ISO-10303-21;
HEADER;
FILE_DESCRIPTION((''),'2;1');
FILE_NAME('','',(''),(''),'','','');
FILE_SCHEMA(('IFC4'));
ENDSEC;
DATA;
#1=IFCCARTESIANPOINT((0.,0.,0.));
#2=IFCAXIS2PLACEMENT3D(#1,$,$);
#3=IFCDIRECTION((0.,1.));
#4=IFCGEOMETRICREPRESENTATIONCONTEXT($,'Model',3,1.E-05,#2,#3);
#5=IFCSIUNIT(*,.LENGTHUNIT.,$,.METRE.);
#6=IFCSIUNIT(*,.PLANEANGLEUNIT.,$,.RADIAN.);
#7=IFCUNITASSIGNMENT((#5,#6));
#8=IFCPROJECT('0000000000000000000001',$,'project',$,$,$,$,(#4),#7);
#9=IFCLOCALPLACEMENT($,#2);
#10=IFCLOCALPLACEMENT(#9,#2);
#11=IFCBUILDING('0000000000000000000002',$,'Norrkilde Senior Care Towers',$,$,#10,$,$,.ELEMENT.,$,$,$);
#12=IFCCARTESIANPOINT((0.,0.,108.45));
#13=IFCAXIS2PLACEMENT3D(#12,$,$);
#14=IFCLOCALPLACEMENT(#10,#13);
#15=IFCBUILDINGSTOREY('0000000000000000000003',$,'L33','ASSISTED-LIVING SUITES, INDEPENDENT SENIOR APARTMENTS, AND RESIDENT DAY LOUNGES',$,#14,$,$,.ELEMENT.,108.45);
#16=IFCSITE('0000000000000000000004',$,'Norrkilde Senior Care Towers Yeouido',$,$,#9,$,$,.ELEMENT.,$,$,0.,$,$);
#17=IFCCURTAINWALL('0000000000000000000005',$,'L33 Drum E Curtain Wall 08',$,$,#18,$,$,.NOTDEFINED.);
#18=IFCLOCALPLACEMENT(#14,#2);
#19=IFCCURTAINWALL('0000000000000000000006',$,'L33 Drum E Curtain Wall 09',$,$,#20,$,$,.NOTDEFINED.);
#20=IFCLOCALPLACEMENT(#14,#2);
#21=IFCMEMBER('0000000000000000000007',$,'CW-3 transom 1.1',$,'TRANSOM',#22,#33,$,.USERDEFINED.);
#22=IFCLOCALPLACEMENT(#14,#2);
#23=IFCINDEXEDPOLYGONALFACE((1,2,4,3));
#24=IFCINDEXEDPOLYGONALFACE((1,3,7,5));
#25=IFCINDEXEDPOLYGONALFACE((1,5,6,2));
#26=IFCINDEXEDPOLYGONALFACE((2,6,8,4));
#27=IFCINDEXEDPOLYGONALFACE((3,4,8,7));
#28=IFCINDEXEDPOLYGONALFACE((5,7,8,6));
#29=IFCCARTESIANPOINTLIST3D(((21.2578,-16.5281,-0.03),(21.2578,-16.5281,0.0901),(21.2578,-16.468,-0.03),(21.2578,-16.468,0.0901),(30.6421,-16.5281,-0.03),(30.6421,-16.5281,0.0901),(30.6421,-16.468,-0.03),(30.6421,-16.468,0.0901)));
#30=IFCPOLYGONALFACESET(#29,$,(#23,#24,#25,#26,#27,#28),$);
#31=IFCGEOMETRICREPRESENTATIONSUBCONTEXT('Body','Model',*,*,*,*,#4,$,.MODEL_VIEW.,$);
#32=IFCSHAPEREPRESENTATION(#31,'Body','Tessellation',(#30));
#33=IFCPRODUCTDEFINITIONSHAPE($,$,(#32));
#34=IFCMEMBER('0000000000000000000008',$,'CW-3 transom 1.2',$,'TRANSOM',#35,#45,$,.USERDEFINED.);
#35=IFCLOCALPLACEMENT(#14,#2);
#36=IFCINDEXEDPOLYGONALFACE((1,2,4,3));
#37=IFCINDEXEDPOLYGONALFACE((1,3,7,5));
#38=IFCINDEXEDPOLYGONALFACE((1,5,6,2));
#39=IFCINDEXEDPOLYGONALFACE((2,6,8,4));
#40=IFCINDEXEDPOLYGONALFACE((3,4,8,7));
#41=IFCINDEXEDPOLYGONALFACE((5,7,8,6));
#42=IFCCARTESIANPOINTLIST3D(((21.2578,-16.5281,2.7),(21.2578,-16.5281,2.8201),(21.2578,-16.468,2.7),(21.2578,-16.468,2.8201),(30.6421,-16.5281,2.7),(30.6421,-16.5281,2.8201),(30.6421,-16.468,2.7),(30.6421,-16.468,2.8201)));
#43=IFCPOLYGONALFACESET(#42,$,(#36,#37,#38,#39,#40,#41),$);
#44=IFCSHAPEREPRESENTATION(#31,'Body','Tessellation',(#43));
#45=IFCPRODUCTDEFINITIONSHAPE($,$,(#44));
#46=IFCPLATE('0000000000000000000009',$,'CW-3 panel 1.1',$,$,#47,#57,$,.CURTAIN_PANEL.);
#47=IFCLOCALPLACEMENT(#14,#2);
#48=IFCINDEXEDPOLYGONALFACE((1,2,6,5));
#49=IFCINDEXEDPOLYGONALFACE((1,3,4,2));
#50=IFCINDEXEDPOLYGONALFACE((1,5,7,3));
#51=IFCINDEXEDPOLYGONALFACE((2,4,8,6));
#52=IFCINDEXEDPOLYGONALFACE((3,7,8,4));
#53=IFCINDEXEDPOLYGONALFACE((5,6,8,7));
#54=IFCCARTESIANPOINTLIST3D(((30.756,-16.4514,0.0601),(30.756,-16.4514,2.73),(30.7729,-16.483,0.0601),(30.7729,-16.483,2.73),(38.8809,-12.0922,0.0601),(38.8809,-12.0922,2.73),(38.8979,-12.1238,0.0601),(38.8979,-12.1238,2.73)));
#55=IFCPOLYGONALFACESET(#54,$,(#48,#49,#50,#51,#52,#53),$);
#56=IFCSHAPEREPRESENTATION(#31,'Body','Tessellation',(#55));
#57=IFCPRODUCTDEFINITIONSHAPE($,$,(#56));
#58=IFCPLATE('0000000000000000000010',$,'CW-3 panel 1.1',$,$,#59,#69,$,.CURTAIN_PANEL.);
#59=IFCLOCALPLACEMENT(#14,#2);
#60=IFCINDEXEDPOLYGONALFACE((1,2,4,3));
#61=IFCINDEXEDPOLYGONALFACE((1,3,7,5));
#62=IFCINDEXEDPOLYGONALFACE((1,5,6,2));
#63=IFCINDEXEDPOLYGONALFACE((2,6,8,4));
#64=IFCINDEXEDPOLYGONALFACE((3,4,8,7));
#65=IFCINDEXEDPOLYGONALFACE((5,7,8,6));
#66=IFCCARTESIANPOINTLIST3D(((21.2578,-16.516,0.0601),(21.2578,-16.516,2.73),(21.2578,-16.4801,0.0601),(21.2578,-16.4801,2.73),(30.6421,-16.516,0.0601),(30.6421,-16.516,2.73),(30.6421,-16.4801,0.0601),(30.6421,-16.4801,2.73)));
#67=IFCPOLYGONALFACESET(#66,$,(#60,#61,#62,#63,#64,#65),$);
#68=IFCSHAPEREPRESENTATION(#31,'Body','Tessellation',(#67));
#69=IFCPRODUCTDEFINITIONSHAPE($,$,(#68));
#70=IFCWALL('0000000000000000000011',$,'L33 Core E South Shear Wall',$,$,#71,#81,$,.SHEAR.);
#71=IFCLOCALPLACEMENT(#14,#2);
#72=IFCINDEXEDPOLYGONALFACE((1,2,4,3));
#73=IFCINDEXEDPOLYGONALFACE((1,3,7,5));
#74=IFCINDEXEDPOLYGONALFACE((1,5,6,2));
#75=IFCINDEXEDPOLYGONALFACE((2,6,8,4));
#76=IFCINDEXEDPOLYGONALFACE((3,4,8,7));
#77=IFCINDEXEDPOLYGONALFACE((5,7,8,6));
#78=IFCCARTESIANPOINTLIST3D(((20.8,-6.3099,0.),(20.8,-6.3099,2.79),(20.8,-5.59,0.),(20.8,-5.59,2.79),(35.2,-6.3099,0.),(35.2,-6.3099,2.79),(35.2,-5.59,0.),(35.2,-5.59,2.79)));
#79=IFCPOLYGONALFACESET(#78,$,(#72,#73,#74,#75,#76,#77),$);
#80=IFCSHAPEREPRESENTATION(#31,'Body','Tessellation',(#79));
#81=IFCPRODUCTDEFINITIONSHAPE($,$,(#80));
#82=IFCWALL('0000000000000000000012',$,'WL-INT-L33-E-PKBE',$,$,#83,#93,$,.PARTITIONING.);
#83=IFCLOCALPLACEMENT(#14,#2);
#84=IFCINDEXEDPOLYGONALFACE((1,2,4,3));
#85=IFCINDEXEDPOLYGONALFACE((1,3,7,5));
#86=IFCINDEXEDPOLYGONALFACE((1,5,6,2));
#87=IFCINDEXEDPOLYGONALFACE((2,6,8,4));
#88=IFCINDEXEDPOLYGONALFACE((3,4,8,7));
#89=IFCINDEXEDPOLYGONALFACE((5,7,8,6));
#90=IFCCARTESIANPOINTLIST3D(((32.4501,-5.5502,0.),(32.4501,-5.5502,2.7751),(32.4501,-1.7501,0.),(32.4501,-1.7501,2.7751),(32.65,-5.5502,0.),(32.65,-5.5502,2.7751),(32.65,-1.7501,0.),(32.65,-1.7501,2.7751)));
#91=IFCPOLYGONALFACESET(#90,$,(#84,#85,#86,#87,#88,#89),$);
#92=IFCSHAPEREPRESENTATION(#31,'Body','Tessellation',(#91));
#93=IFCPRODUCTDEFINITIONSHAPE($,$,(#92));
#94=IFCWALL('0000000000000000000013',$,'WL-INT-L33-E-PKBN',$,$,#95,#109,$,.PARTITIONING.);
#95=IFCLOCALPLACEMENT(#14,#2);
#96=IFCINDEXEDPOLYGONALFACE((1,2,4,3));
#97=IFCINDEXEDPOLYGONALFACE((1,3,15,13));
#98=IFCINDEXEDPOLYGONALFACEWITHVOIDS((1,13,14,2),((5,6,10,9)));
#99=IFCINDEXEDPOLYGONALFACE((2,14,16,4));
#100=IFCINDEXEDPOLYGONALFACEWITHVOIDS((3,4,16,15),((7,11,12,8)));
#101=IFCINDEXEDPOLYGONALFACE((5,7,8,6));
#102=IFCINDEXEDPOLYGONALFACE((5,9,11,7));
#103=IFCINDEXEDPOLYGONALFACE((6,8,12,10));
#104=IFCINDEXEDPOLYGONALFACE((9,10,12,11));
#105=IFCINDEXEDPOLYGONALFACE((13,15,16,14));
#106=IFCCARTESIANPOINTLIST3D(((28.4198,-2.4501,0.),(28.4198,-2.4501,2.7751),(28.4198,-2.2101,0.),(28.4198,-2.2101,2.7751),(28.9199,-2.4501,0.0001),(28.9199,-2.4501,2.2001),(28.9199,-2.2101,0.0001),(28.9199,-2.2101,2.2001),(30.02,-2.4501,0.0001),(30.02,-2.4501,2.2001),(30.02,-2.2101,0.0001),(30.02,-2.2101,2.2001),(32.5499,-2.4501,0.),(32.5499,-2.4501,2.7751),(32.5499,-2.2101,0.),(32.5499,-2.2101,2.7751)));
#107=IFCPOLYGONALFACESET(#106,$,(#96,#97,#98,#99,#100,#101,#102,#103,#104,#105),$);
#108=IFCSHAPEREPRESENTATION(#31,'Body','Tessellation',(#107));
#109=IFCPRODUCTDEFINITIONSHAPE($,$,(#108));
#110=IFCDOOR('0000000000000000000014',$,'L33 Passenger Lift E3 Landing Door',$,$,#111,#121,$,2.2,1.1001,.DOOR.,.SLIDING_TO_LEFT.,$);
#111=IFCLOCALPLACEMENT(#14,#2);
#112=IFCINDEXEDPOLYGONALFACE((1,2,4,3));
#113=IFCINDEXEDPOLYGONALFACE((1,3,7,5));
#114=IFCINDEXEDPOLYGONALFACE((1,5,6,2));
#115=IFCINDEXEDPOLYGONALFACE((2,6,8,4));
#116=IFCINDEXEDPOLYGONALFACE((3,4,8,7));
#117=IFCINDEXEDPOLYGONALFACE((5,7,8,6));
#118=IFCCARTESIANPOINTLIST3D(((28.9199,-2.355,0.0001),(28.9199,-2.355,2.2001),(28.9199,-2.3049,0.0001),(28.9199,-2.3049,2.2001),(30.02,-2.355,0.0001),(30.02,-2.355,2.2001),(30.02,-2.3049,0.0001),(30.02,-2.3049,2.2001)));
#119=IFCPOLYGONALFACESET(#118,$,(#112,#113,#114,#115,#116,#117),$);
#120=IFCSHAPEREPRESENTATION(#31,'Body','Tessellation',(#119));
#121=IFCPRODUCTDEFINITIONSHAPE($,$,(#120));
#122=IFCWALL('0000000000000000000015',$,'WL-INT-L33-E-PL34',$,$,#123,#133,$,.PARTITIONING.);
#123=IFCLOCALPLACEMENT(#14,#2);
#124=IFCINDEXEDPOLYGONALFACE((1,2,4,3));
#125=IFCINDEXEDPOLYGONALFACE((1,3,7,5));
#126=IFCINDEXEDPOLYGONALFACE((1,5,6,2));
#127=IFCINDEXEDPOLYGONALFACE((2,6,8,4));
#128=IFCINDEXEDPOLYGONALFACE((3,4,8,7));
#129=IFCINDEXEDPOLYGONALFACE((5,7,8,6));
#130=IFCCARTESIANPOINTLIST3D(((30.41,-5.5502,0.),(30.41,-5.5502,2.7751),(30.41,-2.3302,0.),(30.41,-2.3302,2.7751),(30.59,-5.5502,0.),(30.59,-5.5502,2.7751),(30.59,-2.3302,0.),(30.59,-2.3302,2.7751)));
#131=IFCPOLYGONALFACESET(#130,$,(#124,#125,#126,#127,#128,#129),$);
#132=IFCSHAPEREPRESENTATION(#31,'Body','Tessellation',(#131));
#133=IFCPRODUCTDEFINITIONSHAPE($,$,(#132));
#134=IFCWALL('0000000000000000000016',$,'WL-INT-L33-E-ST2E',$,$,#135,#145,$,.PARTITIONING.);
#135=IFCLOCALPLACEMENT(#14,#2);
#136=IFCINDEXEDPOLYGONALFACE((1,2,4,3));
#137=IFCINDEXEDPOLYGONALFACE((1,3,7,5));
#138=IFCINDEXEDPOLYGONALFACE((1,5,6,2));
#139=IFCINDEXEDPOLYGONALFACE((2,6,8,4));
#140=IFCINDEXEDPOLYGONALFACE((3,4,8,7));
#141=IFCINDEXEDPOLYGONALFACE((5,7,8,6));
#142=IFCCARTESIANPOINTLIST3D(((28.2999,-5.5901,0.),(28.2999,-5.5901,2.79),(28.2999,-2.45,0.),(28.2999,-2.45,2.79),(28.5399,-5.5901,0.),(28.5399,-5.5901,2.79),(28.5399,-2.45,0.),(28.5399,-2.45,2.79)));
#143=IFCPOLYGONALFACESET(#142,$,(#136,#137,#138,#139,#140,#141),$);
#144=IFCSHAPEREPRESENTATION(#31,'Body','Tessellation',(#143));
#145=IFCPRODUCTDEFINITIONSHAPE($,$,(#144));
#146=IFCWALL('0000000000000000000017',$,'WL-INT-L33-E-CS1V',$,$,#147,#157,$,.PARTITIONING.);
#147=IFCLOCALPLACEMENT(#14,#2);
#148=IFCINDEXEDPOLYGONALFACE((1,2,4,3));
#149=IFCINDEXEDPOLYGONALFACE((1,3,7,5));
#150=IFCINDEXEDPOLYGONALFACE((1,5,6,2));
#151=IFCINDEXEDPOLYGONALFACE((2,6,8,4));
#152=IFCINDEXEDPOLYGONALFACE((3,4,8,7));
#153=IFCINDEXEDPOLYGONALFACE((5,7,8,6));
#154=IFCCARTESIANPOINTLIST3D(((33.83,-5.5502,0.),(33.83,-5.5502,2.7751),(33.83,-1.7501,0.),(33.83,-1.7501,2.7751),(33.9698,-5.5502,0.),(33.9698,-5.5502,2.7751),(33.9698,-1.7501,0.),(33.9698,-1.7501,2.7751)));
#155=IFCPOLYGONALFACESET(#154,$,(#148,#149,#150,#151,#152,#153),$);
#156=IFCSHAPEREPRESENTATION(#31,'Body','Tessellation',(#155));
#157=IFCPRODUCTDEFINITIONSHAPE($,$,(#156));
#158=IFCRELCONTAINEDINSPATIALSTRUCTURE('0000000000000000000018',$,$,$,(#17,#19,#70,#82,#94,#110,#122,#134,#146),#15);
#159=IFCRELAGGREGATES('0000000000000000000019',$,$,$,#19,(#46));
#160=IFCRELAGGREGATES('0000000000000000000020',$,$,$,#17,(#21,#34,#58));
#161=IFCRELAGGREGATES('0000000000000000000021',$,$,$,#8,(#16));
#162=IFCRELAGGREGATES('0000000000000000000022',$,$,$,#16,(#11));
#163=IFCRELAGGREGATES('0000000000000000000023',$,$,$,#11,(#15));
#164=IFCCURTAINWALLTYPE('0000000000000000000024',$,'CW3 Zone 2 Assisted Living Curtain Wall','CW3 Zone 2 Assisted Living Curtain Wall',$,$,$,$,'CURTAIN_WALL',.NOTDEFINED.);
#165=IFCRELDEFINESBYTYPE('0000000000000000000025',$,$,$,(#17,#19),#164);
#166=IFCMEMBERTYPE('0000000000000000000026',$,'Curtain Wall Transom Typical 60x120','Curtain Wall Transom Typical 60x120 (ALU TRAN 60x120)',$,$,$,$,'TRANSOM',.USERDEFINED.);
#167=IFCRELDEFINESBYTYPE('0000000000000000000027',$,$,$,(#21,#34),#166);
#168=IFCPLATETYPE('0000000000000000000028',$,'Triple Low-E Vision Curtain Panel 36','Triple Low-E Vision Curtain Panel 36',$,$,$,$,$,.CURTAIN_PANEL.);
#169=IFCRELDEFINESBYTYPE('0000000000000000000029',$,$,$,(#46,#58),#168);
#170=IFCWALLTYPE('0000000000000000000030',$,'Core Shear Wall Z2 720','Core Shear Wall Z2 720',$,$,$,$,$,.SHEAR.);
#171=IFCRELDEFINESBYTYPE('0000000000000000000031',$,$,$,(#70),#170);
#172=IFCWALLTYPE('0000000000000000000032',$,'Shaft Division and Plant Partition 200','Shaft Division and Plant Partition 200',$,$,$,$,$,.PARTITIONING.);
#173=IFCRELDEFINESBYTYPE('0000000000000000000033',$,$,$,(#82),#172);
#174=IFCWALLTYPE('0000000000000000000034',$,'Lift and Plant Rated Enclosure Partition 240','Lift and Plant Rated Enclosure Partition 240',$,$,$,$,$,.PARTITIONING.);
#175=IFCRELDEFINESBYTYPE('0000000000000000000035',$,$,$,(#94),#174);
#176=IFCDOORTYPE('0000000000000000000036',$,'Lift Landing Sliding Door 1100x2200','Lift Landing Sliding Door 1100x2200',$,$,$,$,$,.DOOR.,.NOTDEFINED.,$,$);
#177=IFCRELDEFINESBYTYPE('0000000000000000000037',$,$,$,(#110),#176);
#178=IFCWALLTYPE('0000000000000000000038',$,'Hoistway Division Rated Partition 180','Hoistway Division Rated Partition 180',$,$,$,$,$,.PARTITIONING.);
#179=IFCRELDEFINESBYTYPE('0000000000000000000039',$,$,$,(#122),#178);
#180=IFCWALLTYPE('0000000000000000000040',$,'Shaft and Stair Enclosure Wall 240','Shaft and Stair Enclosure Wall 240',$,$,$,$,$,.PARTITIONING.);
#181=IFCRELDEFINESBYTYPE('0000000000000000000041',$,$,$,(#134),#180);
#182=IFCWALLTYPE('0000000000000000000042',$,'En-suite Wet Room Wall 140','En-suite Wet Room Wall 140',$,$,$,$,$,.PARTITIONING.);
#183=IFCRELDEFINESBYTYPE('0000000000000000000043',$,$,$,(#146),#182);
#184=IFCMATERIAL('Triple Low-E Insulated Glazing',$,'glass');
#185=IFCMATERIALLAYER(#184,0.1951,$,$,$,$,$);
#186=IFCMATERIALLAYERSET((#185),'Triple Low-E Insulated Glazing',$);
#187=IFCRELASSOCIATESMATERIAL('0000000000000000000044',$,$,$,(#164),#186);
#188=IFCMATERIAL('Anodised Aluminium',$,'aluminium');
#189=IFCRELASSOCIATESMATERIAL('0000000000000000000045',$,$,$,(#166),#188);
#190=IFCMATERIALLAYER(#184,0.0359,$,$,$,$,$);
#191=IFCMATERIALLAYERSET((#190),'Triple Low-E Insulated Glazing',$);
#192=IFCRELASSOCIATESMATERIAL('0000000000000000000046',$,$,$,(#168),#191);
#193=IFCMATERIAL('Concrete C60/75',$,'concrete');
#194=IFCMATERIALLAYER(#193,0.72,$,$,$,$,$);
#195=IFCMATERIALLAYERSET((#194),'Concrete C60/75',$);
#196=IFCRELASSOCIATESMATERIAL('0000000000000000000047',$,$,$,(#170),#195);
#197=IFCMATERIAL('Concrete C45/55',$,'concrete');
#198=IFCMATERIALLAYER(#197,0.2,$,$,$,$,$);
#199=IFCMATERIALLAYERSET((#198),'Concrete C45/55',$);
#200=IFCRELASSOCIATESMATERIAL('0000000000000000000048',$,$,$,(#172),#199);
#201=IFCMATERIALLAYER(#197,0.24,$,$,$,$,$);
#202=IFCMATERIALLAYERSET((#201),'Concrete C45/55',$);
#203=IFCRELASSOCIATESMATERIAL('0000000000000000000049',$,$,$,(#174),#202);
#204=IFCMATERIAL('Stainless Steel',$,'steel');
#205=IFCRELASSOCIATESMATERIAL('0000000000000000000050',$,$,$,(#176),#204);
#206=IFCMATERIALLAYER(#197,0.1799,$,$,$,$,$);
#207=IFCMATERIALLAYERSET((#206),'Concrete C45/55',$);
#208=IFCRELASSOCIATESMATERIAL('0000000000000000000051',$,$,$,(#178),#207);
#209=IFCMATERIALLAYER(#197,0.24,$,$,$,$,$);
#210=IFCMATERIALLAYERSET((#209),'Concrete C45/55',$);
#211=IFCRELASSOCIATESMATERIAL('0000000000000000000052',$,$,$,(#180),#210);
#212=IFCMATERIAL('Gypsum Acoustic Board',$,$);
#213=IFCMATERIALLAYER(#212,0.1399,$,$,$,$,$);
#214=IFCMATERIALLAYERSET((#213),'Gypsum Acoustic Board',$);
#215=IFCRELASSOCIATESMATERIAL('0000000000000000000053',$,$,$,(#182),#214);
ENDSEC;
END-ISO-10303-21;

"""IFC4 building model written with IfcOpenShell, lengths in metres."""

from ifc_helpers import new_model, si_unit, direction, frame, frame_2d, origin, origin_2d, place, context, subcontext, project, spatial, rectangle, extrude, source, transform, mapped, material, layer, layer_set, material_profile, profile_set, type_object, type_shapes, element, fill, aggregate, save


model = new_model("IFC4")

# Units and contexts
model_context = context("Model", 3, precision=1e-05, world=origin(), true_north=direction((0.0, 1.0)))
body_context = subcontext(model_context, "Body", "Model", "MODEL_VIEW")
ifc_project = project(units=[si_unit("LENGTHUNIT", "METRE"), si_unit("PLANEANGLEUNIT", "RADIAN")], contexts=[model_context])

# Site, building, storey
site_placement = place(None, origin())
site = spatial("IfcSite", under=ifc_project, at=site_placement, Name="Norrkilde Senior Care Towers Yeouido", CompositionType="ELEMENT", RefElevation=0.0)
building_placement = place(site_placement, origin())
building = spatial("IfcBuilding", under=site, at=building_placement, Name="Norrkilde Senior Care Towers", CompositionType="ELEMENT")
storey_placement = place(building_placement, frame((0.0, 0.0, 108.45)))
storey = spatial("IfcBuildingStorey", under=building, at=storey_placement, Name="L33", Description="ASSISTED-LIVING SUITES, INDEPENDENT SENIOR APARTMENTS, AND RESIDENT DAY LOUNGES", CompositionType="ELEMENT", Elevation=108.45)

# Shared definitions
ifc_material_1 = material(Name="Concrete C60/75", Category="concrete")

# Curtain walls
ifc_material_2 = material(Name="Triple Low-E Insulated Glazing", Category="glass")
ifc_layer_1 = layer(ifc_material_2, 0.1951)
ifc_layer_set_1 = layer_set([ifc_layer_1], Name="Triple Low-E Insulated Glazing")
curtain_wall_type = type_object("IfcCurtainWallType", Name="CW3 Zone 2 Assisted Living Curtain Wall", Description="CW3 Zone 2 Assisted Living Curtain Wall", ElementType="CURTAIN_WALL", PredefinedType="NOTDEFINED", material=ifc_layer_set_1)
curtain_wall_1_placement = place(storey_placement, origin())
curtain_wall_1 = element("IfcCurtainWall", 1, at=curtain_wall_1_placement, inside=storey, type_object=curtain_wall_type, Name="L33 Drum E Curtain Wall 08", PredefinedType="NOTDEFINED")
ifc_material_3 = material(Name="Anodised Aluminium", Category="aluminium")
curtain_wall_2_placement = place(storey_placement, origin())
curtain_wall_2 = element("IfcCurtainWall", 2, at=curtain_wall_2_placement, inside=storey, type_object=curtain_wall_type, Name="L33 Drum E Curtain Wall 09", PredefinedType="NOTDEFINED")

# Members
ifc_material_profile_1 = material_profile(ifc_material_3, rectangle(XDim=0.0601, YDim=0.1201, at=origin_2d()), Name="ALU TRAN 60x120")
ifc_profile_set_1 = profile_set([ifc_material_profile_1], Name="Anodised Aluminium")
member_type_1 = type_object("IfcMemberType", Name="Curtain Wall Transom Typical 60x120", Description="Curtain Wall Transom Typical 60x120 (ALU TRAN 60x120)", ElementType="TRANSOM", PredefinedType="USERDEFINED", material=ifc_profile_set_1)
shared_shape_1 = source(origin(), body_context, "Body", "SweptSolid", [
    extrude(rectangle(XDim=0.0601, YDim=0.1201, at=origin_2d()), origin(), (0.0, 0.0, 1.0), 9.3843),
])
type_shapes(member_type_1, [shared_shape_1])
member_1_placement = place(storey_placement, frame((30.6421, -16.498, 0.03), z_axis=(-1.0, 0.0, 0.0), x_axis=(0.0, -1.0, 0.0)))
member_1 = element("IfcMember", 3, at=member_1_placement, type_object=member_type_1, Name="CW-3 transom 1.1", ObjectType="TRANSOM", PredefinedType="USERDEFINED", context=body_context, shape_type="MappedRepresentation", body=[
    mapped(shared_shape_1, transform((0.0, 0.0, 0.0), x_axis=(1.0, 0.0, 0.0), y_axis=(0.0, 1.0, 0.0), z_axis=(0.0, 0.0, 1.0), scale=1.0)),
])
member_2_placement = place(storey_placement, frame((30.6421, -16.498, 2.76), z_axis=(-1.0, 0.0, 0.0), x_axis=(0.0, -1.0, 0.0)))
member_2 = element("IfcMember", 4, at=member_2_placement, type_object=member_type_1, Name="CW-3 transom 1.2", ObjectType="TRANSOM", PredefinedType="USERDEFINED", context=body_context, shape_type="MappedRepresentation", body=[
    mapped(shared_shape_1, transform((0.0, 0.0, 0.0), x_axis=(1.0, 0.0, 0.0), y_axis=(0.0, 1.0, 0.0), z_axis=(0.0, 0.0, 1.0), scale=1.0)),
])

# Plates
ifc_layer_2 = layer(ifc_material_2, 0.0359)
ifc_layer_set_2 = layer_set([ifc_layer_2], Name="Triple Low-E Insulated Glazing")
plate_type = type_object("IfcPlateType", Name="Triple Low-E Vision Curtain Panel 36", Description="Triple Low-E Vision Curtain Panel 36", PredefinedType="CURTAIN_PANEL", material=ifc_layer_set_2)
shared_shape_2 = source(origin(), body_context, "Body", "SweptSolid", [
    extrude(rectangle(XDim=9.2205, YDim=0.0359, at=origin_2d()), origin(), (0.0, 0.0, 1.0), 2.6699),
])
plate_1_placement = place(storey_placement, frame((34.8269, -14.2876, 0.0601), z_axis=(0.0, 0.0, 1.0), x_axis=(-0.881186, -0.472769, 0.0)))
plate_1 = element("IfcPlate", 5, at=plate_1_placement, type_object=plate_type, Name="CW-3 panel 1.1", PredefinedType="CURTAIN_PANEL", context=body_context, shape_type="MappedRepresentation", body=[
    mapped(shared_shape_2, transform((0.0, 0.0, 0.0), x_axis=(1.0, 0.0, 0.0), y_axis=(0.0, 1.0, 0.0), z_axis=(0.0, 0.0, 1.0), scale=1.0)),
])
aggregate(curtain_wall_2, [plate_1])
shared_shape_3 = source(origin(), body_context, "Body", "SweptSolid", [
    extrude(rectangle(XDim=9.3843, YDim=0.0359, at=origin_2d()), origin(), (0.0, 0.0, 1.0), 2.6699),
])
type_shapes(plate_type, [shared_shape_2, shared_shape_3])
plate_2_placement = place(storey_placement, frame((25.95, -16.498, 0.0601), z_axis=(0.0, 0.0, 1.0), x_axis=(-1.0, 0.0, 0.0)))
plate_2 = element("IfcPlate", 6, at=plate_2_placement, type_object=plate_type, Name="CW-3 panel 1.1", PredefinedType="CURTAIN_PANEL", context=body_context, shape_type="MappedRepresentation", body=[
    mapped(shared_shape_3, transform((0.0, 0.0, 0.0), x_axis=(1.0, 0.0, 0.0), y_axis=(0.0, 1.0, 0.0), z_axis=(0.0, 0.0, 1.0), scale=1.0)),
])
aggregate(curtain_wall_1, [member_1, member_2, plate_2])

# Walls
ifc_layer_3 = layer(ifc_material_1, 0.72)
ifc_layer_set_3 = layer_set([ifc_layer_3], Name="Concrete C60/75")
wall_type_1 = type_object("IfcWallType", Name="Core Shear Wall Z2 720", Description="Core Shear Wall Z2 720", PredefinedType="SHEAR", material=ifc_layer_set_3)
shared_shape_4 = source(origin(), body_context, "Body", "SweptSolid", [
    extrude(rectangle(XDim=14.3999, YDim=0.72, at=frame_2d((7.2, 0.0))), origin(), (0.0, 0.0, 1.0), 2.79),
])
type_shapes(wall_type_1, [shared_shape_4])
wall_1_placement = place(storey_placement, frame((35.2, -5.95, 0.0), z_axis=(0.0, 0.0, 1.0), x_axis=(-1.0, 0.0, 0.0)))
element("IfcWall", 7, at=wall_1_placement, inside=storey, type_object=wall_type_1, Name="L33 Core E South Shear Wall", PredefinedType="SHEAR", context=body_context, shape_type="MappedRepresentation", body=[
    mapped(shared_shape_4, transform((0.0, 0.0, 0.0), x_axis=(1.0, 0.0, 0.0), y_axis=(0.0, 1.0, 0.0), z_axis=(0.0, 0.0, 1.0), scale=1.0)),
])
ifc_material_4 = material(Name="Concrete C45/55", Category="concrete")
ifc_layer_4 = layer(ifc_material_4, 0.2)
ifc_layer_set_4 = layer_set([ifc_layer_4], Name="Concrete C45/55")
wall_type_2 = type_object("IfcWallType", Name="Shaft Division and Plant Partition 200", Description="Shaft Division and Plant Partition 200", PredefinedType="PARTITIONING", material=ifc_layer_set_4)
shared_shape_5 = source(origin(), body_context, "Body", "SweptSolid", [
    extrude(rectangle(XDim=3.8, YDim=0.2, at=frame_2d((1.8999, 0.0))), origin(), (0.0, 0.0, 1.0), 2.7751),
])
type_shapes(wall_type_2, [shared_shape_5])
wall_2_placement = place(storey_placement, frame((32.55, -5.55, 0.0), z_axis=(0.0, 0.0, 1.0), x_axis=(0.0, 1.0, 0.0)))
element("IfcWall", 8, at=wall_2_placement, inside=storey, type_object=wall_type_2, Name="WL-INT-L33-E-PKBE", PredefinedType="PARTITIONING", context=body_context, shape_type="MappedRepresentation", body=[
    mapped(shared_shape_5, transform((0.0, 0.0, 0.0), x_axis=(1.0, 0.0, 0.0), y_axis=(0.0, 1.0, 0.0), z_axis=(0.0, 0.0, 1.0), scale=1.0)),
])

# Wall, opening, door
ifc_layer_5 = layer(ifc_material_4, 0.24)
ifc_layer_set_5 = layer_set([ifc_layer_5], Name="Concrete C45/55")
wall_type_3 = type_object("IfcWallType", Name="Lift and Plant Rated Enclosure Partition 240", Description="Lift and Plant Rated Enclosure Partition 240", PredefinedType="PARTITIONING", material=ifc_layer_set_5)
shared_shape_6 = source(origin(), body_context, "Body", "SweptSolid", [
    extrude(rectangle(XDim=4.1301, YDim=0.24, at=frame_2d((2.0649, 0.0))), origin(), (0.0, 0.0, 1.0), 2.7751),
])
type_shapes(wall_type_3, [shared_shape_6])
wall_3_placement = place(storey_placement, frame((28.4199, -2.3301, 0.0), z_axis=(0.0, 0.0, 1.0), x_axis=(1.0, 0.0, 0.0)))
wall_3 = element("IfcWall", 9, at=wall_3_placement, inside=storey, type_object=wall_type_3, Name="WL-INT-L33-E-PKBN", PredefinedType="PARTITIONING", context=body_context, shape_type="MappedRepresentation", body=[
    mapped(shared_shape_6, transform((0.0, 0.0, 0.0), x_axis=(1.0, 0.0, 0.0), y_axis=(0.0, 1.0, 0.0), z_axis=(0.0, 0.0, 1.0), scale=1.0)),
])
opening_1_placement = place(wall_3_placement, frame((0.5, 0.0, 0.0)))
opening_1 = element("IfcOpeningElement", 10, at=opening_1_placement, cuts=wall_3, PredefinedType="OPENING", context=body_context, shape_type="SweptSolid", body=[
    extrude(rectangle(XDim=1.1001, YDim=2.2, at=frame_2d((0.55, 1.1001))), frame((0.0, 0.1299, 0.0), z_axis=(0.0, -1.0, 0.0), x_axis=(1.0, 0.0, 0.0)), (0.0, 0.0, 1.0), 0.26),
])
ifc_material_5 = material(Name="Stainless Steel", Category="steel")
door_type_1 = type_object("IfcDoorType", Name="Lift Landing Sliding Door 1100x2200", Description="Lift Landing Sliding Door 1100x2200", OperationType="NOTDEFINED", PredefinedType="DOOR", material=ifc_material_5)
shared_shape_7 = source(origin(), body_context, "Body", "SweptSolid", [
    extrude(rectangle(XDim=1.1001, YDim=2.2, at=frame_2d((0.55, 1.1001))), frame((0.0, 0.0249, 0.0), z_axis=(0.0, -1.0, 0.0), x_axis=(1.0, 0.0, 0.0)), (0.0, 0.0, 1.0), 0.05),
])
type_shapes(door_type_1, [shared_shape_7])
door_1_placement = place(opening_1_placement, frame((1.1001, 0.0, 0.0), z_axis=(0.0, 0.0, 1.0), x_axis=(-1.0, 0.0, 0.0)))
door_1 = element("IfcDoor", 11, at=door_1_placement, inside=storey, type_object=door_type_1, Name="L33 Passenger Lift E3 Landing Door", OperationType="SLIDING_TO_LEFT", OverallHeight=2.2, OverallWidth=1.1001, PredefinedType="DOOR", context=body_context, shape_type="MappedRepresentation", body=[
    mapped(shared_shape_7, transform((0.0, 0.0, 0.0), x_axis=(1.0, 0.0, 0.0), y_axis=(0.0, 1.0, 0.0), z_axis=(0.0, 0.0, 1.0), scale=1.0)),
])
fill(opening_1, door_1)

# Walls
ifc_layer_6 = layer(ifc_material_4, 0.1799)
ifc_layer_set_6 = layer_set([ifc_layer_6], Name="Concrete C45/55")
wall_type_4 = type_object("IfcWallType", Name="Hoistway Division Rated Partition 180", Description="Hoistway Division Rated Partition 180", PredefinedType="PARTITIONING", material=ifc_layer_set_6)
shared_shape_8 = source(origin(), body_context, "Body", "SweptSolid", [
    extrude(rectangle(XDim=3.22, YDim=0.1799, at=frame_2d((1.6099, 0.0))), origin(), (0.0, 0.0, 1.0), 2.7751),
])
type_shapes(wall_type_4, [shared_shape_8])
wall_4_placement = place(storey_placement, frame((30.5, -5.55, 0.0), z_axis=(0.0, 0.0, 1.0), x_axis=(0.0, 1.0, 0.0)))
element("IfcWall", 12, at=wall_4_placement, inside=storey, type_object=wall_type_4, Name="WL-INT-L33-E-PL34", PredefinedType="PARTITIONING", context=body_context, shape_type="MappedRepresentation", body=[
    mapped(shared_shape_8, transform((0.0, 0.0, 0.0), x_axis=(1.0, 0.0, 0.0), y_axis=(0.0, 1.0, 0.0), z_axis=(0.0, 0.0, 1.0), scale=1.0)),
])
ifc_layer_7 = layer(ifc_material_4, 0.24)
ifc_layer_set_7 = layer_set([ifc_layer_7], Name="Concrete C45/55")
wall_type_5 = type_object("IfcWallType", Name="Shaft and Stair Enclosure Wall 240", Description="Shaft and Stair Enclosure Wall 240", PredefinedType="PARTITIONING", material=ifc_layer_set_7)
shared_shape_9 = source(origin(), body_context, "Body", "SweptSolid", [
    extrude(rectangle(XDim=3.1401, YDim=0.24, at=frame_2d((1.5701, 0.0))), origin(), (0.0, 0.0, 1.0), 2.79),
])
type_shapes(wall_type_5, [shared_shape_9])
wall_5_placement = place(storey_placement, frame((28.4199, -5.5901, 0.0), z_axis=(0.0, 0.0, 1.0), x_axis=(0.0, 1.0, 0.0)))
element("IfcWall", 13, at=wall_5_placement, inside=storey, type_object=wall_type_5, Name="WL-INT-L33-E-ST2E", PredefinedType="PARTITIONING", context=body_context, shape_type="MappedRepresentation", body=[
    mapped(shared_shape_9, transform((0.0, 0.0, 0.0), x_axis=(1.0, 0.0, 0.0), y_axis=(0.0, 1.0, 0.0), z_axis=(0.0, 0.0, 1.0), scale=1.0)),
])
ifc_material_6 = material(Name="Gypsum Acoustic Board")
ifc_layer_8 = layer(ifc_material_6, 0.1399)
ifc_layer_set_8 = layer_set([ifc_layer_8], Name="Gypsum Acoustic Board")
wall_type_6 = type_object("IfcWallType", Name="En-suite Wet Room Wall 140", Description="En-suite Wet Room Wall 140", PredefinedType="PARTITIONING", material=ifc_layer_set_8)
shared_shape_10 = source(origin(), body_context, "Body", "SweptSolid", [
    extrude(rectangle(XDim=3.8, YDim=0.1399, at=frame_2d((1.8999, 0.0))), origin(), (0.0, 0.0, 1.0), 2.7751),
])
type_shapes(wall_type_6, [shared_shape_10])
wall_6_placement = place(storey_placement, frame((33.8999, -5.55, 0.0), z_axis=(0.0, 0.0, 1.0), x_axis=(0.0, 1.0, 0.0)))
element("IfcWall", 14, at=wall_6_placement, inside=storey, type_object=wall_type_6, Name="WL-INT-L33-E-CS1V", PredefinedType="PARTITIONING", context=body_context, shape_type="MappedRepresentation", body=[
    mapped(shared_shape_10, transform((0.0, 0.0, 0.0), x_axis=(1.0, 0.0, 0.0), y_axis=(0.0, 1.0, 0.0), z_axis=(0.0, 0.0, 1.0), scale=1.0)),
])

save(model, "model.ifc")
